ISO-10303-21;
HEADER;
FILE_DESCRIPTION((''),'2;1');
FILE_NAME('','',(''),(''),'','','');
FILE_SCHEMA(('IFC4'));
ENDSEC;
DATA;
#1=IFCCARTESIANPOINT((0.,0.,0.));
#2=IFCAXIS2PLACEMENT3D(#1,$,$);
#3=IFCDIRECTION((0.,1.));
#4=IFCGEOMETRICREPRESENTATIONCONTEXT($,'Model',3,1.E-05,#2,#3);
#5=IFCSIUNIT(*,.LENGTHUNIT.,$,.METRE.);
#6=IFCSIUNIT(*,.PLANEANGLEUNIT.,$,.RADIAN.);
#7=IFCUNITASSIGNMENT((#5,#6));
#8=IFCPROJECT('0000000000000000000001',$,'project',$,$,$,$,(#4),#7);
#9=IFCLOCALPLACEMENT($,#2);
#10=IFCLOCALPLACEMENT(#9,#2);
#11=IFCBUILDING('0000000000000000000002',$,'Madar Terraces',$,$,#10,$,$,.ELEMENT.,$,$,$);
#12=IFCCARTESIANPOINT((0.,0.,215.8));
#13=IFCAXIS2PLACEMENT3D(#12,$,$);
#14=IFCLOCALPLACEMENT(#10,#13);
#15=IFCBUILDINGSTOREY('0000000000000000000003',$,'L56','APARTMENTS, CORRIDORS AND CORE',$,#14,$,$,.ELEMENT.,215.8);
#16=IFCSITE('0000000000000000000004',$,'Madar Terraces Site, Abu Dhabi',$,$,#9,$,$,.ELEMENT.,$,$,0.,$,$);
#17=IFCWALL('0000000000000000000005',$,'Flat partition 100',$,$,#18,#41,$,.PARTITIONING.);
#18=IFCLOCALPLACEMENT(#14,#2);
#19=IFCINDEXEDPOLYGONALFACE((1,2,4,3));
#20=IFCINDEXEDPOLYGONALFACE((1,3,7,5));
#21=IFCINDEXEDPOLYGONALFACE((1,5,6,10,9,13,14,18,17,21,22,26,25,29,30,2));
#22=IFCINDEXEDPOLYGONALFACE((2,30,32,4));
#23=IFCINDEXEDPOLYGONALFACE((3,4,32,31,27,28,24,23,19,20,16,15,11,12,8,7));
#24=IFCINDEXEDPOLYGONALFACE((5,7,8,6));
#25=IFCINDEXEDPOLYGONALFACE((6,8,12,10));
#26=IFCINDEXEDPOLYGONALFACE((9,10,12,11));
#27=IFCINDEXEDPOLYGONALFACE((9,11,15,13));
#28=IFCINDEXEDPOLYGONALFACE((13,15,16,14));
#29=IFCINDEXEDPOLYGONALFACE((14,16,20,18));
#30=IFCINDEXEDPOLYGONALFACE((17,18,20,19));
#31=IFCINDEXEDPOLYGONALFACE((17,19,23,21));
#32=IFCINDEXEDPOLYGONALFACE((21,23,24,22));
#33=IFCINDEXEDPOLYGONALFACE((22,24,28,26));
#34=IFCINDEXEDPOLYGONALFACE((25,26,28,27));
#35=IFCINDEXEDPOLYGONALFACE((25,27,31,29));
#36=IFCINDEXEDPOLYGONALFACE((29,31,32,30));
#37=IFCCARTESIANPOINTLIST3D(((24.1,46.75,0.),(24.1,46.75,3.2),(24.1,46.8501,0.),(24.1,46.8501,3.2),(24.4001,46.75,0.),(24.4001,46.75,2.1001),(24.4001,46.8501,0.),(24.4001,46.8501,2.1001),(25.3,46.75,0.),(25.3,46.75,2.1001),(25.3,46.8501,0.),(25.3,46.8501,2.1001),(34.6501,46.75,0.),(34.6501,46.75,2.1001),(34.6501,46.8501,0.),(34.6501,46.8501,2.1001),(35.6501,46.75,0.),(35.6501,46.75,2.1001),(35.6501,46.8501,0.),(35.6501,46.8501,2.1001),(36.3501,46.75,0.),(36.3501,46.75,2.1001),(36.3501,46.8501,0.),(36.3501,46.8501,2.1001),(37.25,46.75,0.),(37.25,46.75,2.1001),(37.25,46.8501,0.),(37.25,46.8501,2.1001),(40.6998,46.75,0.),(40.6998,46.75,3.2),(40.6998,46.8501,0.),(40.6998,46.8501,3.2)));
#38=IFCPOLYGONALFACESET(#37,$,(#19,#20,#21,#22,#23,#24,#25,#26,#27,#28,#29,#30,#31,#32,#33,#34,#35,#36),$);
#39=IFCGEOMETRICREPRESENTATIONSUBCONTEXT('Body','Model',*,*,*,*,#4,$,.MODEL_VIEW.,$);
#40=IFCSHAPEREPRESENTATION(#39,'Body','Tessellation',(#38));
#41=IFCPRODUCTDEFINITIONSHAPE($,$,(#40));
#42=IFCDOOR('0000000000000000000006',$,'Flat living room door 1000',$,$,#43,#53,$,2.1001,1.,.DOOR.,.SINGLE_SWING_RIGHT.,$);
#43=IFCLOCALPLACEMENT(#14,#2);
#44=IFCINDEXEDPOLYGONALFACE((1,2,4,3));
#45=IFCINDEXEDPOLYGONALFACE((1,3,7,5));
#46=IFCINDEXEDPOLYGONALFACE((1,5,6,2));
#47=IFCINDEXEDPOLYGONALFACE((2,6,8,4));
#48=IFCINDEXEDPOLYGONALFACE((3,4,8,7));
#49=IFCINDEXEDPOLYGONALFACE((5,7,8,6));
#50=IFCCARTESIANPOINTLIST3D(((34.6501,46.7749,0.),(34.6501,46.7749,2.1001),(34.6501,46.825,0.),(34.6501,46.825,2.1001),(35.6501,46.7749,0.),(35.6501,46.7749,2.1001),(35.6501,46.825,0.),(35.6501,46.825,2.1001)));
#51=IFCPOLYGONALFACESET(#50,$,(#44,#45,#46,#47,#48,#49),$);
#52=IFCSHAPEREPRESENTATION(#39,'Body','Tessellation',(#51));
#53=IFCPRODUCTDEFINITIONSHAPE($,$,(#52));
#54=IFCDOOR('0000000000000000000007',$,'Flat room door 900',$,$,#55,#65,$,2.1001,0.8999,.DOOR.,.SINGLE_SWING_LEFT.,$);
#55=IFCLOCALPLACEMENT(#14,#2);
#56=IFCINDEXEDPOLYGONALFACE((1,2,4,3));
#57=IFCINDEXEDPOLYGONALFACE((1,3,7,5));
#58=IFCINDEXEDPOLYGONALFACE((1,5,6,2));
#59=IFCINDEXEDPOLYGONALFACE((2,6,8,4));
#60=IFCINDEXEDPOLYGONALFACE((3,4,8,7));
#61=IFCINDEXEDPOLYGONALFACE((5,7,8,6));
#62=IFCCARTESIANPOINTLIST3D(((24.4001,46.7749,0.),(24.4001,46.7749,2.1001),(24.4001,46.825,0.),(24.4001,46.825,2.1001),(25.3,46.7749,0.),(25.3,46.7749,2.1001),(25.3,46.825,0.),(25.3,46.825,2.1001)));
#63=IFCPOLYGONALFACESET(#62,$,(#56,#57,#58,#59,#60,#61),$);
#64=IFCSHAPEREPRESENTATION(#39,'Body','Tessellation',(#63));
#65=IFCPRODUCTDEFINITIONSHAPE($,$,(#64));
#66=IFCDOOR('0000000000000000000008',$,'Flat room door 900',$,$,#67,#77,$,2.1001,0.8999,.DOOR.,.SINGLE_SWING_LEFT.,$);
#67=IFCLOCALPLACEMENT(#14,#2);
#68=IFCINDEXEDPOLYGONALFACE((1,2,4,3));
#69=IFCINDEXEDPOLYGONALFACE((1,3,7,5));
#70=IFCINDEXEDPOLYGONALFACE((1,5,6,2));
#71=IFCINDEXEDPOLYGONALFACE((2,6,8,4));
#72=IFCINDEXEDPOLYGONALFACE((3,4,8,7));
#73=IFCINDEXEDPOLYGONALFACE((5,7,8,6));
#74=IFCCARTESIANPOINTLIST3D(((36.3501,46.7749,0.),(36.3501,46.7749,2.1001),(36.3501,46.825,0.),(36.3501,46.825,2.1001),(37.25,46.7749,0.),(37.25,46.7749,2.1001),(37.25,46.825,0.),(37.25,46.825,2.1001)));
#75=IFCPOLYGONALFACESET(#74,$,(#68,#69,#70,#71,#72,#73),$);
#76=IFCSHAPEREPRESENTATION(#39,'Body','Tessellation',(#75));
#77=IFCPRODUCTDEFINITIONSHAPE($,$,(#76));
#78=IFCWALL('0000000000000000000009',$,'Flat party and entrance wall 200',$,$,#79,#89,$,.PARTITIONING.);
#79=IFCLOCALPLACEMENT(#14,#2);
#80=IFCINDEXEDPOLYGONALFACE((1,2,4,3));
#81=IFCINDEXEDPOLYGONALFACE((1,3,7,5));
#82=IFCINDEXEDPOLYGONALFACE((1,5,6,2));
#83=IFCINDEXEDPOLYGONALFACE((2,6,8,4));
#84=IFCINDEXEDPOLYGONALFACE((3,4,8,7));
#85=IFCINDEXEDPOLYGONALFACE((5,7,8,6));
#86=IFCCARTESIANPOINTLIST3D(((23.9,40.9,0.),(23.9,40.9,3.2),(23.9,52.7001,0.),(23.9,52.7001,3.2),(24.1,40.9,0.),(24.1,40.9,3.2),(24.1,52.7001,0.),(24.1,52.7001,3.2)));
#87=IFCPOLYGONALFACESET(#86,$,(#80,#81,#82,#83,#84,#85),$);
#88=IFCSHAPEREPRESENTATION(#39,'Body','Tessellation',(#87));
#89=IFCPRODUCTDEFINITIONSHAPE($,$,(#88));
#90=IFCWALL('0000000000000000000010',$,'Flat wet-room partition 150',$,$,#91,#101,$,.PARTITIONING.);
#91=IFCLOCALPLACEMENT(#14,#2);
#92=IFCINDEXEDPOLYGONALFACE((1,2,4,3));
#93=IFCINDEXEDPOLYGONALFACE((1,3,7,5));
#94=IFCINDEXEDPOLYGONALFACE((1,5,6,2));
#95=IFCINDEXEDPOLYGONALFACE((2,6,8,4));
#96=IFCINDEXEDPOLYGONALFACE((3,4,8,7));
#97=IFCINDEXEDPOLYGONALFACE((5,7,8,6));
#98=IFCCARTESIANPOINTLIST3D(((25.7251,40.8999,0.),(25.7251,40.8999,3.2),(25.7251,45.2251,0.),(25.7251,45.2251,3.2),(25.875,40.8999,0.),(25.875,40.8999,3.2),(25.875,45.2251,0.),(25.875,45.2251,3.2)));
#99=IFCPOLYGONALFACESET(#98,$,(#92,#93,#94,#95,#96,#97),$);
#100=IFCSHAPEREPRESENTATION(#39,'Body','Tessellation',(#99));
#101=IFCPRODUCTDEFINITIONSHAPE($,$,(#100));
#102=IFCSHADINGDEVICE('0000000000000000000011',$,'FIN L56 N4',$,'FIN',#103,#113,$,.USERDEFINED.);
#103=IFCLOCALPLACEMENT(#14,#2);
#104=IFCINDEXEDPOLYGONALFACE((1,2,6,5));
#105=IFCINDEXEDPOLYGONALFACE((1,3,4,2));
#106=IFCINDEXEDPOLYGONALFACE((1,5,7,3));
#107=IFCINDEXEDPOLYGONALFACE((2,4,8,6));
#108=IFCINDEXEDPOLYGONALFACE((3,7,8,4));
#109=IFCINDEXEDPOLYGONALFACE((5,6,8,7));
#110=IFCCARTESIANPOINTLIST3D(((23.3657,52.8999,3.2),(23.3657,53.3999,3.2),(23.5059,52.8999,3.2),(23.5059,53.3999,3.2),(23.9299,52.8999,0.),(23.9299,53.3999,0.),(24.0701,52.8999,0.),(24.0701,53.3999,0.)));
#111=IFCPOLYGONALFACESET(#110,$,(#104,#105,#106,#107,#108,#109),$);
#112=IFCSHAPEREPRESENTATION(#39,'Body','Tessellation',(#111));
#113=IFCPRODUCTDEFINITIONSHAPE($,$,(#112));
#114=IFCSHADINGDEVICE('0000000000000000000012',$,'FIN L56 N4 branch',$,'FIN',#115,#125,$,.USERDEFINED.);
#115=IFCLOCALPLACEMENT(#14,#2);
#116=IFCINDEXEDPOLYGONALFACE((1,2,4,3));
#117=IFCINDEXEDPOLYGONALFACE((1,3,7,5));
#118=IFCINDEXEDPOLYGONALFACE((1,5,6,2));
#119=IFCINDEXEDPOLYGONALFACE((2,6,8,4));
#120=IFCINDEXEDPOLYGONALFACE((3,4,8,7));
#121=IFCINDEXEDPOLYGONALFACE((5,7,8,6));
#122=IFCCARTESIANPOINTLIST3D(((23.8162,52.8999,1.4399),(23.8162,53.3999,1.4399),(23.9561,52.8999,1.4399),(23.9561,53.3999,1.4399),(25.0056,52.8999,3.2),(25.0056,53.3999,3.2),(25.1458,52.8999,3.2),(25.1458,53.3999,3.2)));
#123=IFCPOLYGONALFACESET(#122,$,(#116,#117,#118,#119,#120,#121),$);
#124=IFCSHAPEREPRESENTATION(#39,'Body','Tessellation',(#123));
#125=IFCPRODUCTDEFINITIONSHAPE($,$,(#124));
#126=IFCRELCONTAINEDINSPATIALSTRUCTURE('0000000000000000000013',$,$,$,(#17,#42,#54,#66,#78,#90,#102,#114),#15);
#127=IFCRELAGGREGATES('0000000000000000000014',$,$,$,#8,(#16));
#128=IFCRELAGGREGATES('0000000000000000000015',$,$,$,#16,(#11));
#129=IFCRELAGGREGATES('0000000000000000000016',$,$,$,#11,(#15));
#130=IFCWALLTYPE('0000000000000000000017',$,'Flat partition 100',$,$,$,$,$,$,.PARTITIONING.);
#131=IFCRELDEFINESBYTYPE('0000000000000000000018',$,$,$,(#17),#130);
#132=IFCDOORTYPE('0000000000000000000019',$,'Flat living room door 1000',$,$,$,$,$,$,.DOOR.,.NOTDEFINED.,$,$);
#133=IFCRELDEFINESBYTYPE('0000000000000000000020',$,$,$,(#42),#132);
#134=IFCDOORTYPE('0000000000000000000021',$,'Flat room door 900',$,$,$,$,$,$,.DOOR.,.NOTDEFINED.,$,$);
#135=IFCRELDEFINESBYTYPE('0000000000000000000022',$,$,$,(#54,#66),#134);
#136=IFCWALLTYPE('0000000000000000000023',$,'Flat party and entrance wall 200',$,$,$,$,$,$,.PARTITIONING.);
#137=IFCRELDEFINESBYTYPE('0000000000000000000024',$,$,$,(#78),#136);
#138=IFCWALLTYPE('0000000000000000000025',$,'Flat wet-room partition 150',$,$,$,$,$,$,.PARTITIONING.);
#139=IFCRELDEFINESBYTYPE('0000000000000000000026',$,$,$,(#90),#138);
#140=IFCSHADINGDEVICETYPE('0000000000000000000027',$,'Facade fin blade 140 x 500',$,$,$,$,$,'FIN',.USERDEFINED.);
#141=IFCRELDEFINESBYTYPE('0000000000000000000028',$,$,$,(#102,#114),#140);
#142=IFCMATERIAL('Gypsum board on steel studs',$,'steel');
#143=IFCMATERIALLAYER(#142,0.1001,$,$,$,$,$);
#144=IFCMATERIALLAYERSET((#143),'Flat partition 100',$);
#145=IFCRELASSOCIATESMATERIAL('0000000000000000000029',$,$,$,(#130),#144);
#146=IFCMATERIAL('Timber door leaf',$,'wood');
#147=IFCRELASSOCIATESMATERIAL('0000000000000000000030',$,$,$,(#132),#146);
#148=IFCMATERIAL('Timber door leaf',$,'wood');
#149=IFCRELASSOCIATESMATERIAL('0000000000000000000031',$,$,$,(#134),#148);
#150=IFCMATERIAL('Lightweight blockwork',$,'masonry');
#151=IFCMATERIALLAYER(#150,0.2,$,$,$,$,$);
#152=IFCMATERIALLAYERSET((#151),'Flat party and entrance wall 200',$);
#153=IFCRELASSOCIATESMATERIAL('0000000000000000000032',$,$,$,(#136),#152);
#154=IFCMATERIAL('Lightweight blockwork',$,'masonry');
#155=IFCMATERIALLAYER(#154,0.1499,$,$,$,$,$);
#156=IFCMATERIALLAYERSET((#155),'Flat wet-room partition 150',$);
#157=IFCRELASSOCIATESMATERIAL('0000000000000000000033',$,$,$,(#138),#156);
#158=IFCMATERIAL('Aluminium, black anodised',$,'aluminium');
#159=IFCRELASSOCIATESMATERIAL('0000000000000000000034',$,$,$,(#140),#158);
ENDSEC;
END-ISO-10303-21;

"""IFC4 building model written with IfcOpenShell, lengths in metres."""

from ifc_helpers import new_model, si_unit, direction, frame, frame_2d, origin, place, context, subcontext, project, spatial, polyline, rectangle, outline, extrude, material, layer, layer_set, type_object, element, fill, save


model = new_model("IFC4")

# Units and contexts
model_context = context("Model", 3, precision=1e-05, world=origin(), true_north=direction((0.0, 1.0)))
body_context = subcontext(model_context, "Body", "Model", "MODEL_VIEW")
ifc_project = project(units=[si_unit("LENGTHUNIT", "METRE"), si_unit("PLANEANGLEUNIT", "RADIAN")], contexts=[model_context])

# Site, building, storey
site_placement = place(None, origin())
site = spatial("IfcSite", under=ifc_project, at=site_placement, Name="Madar Terraces Site, Abu Dhabi", CompositionType="ELEMENT", RefElevation=0.0)
building_placement = place(site_placement, origin())
building = spatial("IfcBuilding", under=site, at=building_placement, Name="Madar Terraces", CompositionType="ELEMENT")
storey_placement = place(building_placement, frame((0.0, 0.0, 215.8)))
storey = spatial("IfcBuildingStorey", under=building, at=storey_placement, Name="L56", Description="APARTMENTS, CORRIDORS AND CORE", CompositionType="ELEMENT", Elevation=215.8)

# Shared definitions
ifc_material_1 = material(Name="Gypsum board on steel studs", Category="steel")
ifc_layer_1 = layer(ifc_material_1, 0.1001)
ifc_layer_set_1 = layer_set([ifc_layer_1], Name="Flat partition 100")
wall_type_1 = type_object("IfcWallType", Name="Flat partition 100", PredefinedType="PARTITIONING", material=ifc_layer_set_1)

# Wall, openings, doors
wall_1_placement = place(storey_placement, frame((24.1001, 46.8, 0.0), z_axis=(0.0, 0.0, 1.0), x_axis=(1.0, 0.0, 0.0)))
wall_1 = element("IfcWall", 1, at=wall_1_placement, inside=storey, type_object=wall_type_1, Name="Flat partition 100", PredefinedType="PARTITIONING", context=body_context, shape_type="SweptSolid", body=[
    extrude(rectangle(XDim=16.5999, YDim=0.1001, at=frame_2d((8.2998, 0.0))), origin(), (0.0, 0.0, 1.0), 3.2),
])
opening_1_placement = place(wall_1_placement, frame((0.3, 0.0, 0.0)))
opening_1 = element("IfcOpeningElement", 2, at=opening_1_placement, cuts=wall_1, PredefinedType="OPENING", context=body_context, shape_type="SweptSolid", body=[
    extrude(rectangle(XDim=0.8999, YDim=2.1001, at=frame_2d((0.45, 1.05))), frame((0.0, 0.0601, 0.0), z_axis=(0.0, -1.0, 0.0), x_axis=(1.0, 0.0, 0.0)), (0.0, 0.0, 1.0), 0.1201),
])
opening_2_placement = place(wall_1_placement, frame((10.55, 0.0, 0.0)))
opening_2 = element("IfcOpeningElement", 3, at=opening_2_placement, cuts=wall_1, PredefinedType="OPENING", context=body_context, shape_type="SweptSolid", body=[
    extrude(rectangle(XDim=1.0, YDim=2.1001, at=frame_2d((0.5, 1.05))), frame((0.0, 0.0601, 0.0), z_axis=(0.0, -1.0, 0.0), x_axis=(1.0, 0.0, 0.0)), (0.0, 0.0, 1.0), 0.1201),
])
opening_3_placement = place(wall_1_placement, frame((12.25, 0.0, 0.0)))
opening_3 = element("IfcOpeningElement", 4, at=opening_3_placement, cuts=wall_1, PredefinedType="OPENING", context=body_context, shape_type="SweptSolid", body=[
    extrude(rectangle(XDim=0.8999, YDim=2.1001, at=frame_2d((0.45, 1.05))), frame((0.0, 0.0601, 0.0), z_axis=(0.0, -1.0, 0.0), x_axis=(1.0, 0.0, 0.0)), (0.0, 0.0, 1.0), 0.1201),
])
ifc_material_2 = material(Name="Timber door leaf", Category="wood")
door_type_1 = type_object("IfcDoorType", Name="Flat living room door 1000", OperationType="NOTDEFINED", PredefinedType="DOOR", material=ifc_material_2)
door_1_placement = place(opening_2_placement, origin())
door_1 = element("IfcDoor", 5, at=door_1_placement, inside=storey, type_object=door_type_1, Name="Flat living room door 1000", OperationType="SINGLE_SWING_RIGHT", OverallHeight=2.1001, OverallWidth=1.0, PredefinedType="DOOR", context=body_context, shape_type="SweptSolid", body=[
    extrude(rectangle(XDim=1.0, YDim=2.1001, at=frame_2d((0.5, 1.05))), frame((0.0, 0.0249, 0.0), z_axis=(0.0, -1.0, 0.0), x_axis=(1.0, 0.0, 0.0)), (0.0, 0.0, 1.0), 0.05),
])
fill(opening_2, door_1)
ifc_material_3 = material(Name="Timber door leaf", Category="wood")
door_type_2 = type_object("IfcDoorType", Name="Flat room door 900", OperationType="NOTDEFINED", PredefinedType="DOOR", material=ifc_material_3)
door_2_placement = place(opening_1_placement, origin())
door_2 = element("IfcDoor", 6, at=door_2_placement, inside=storey, type_object=door_type_2, Name="Flat room door 900", OperationType="SINGLE_SWING_LEFT", OverallHeight=2.1001, OverallWidth=0.8999, PredefinedType="DOOR", context=body_context, shape_type="SweptSolid", body=[
    extrude(rectangle(XDim=0.8999, YDim=2.1001, at=frame_2d((0.45, 1.05))), frame((0.0, 0.0249, 0.0), z_axis=(0.0, -1.0, 0.0), x_axis=(1.0, 0.0, 0.0)), (0.0, 0.0, 1.0), 0.05),
])
fill(opening_1, door_2)
door_3_placement = place(opening_3_placement, origin())
door_3 = element("IfcDoor", 7, at=door_3_placement, inside=storey, type_object=door_type_2, Name="Flat room door 900", OperationType="SINGLE_SWING_LEFT", OverallHeight=2.1001, OverallWidth=0.8999, PredefinedType="DOOR", context=body_context, shape_type="SweptSolid", body=[
    extrude(rectangle(XDim=0.8999, YDim=2.1001, at=frame_2d((0.45, 1.05))), frame((0.0, 0.0249, 0.0), z_axis=(0.0, -1.0, 0.0), x_axis=(1.0, 0.0, 0.0)), (0.0, 0.0, 1.0), 0.05),
])
fill(opening_3, door_3)

# Walls
ifc_material_4 = material(Name="Lightweight blockwork", Category="masonry")
ifc_layer_2 = layer(ifc_material_4, 0.2)
ifc_layer_set_2 = layer_set([ifc_layer_2], Name="Flat party and entrance wall 200")
wall_type_2 = type_object("IfcWallType", Name="Flat party and entrance wall 200", PredefinedType="PARTITIONING", material=ifc_layer_set_2)
wall_2_placement = place(storey_placement, frame((24.0, 52.7, 0.0), z_axis=(0.0, 0.0, 1.0), x_axis=(0.0, -1.0, 0.0)))
element("IfcWall", 8, at=wall_2_placement, inside=storey, type_object=wall_type_2, Name="Flat party and entrance wall 200", PredefinedType="PARTITIONING", context=body_context, shape_type="SweptSolid", body=[
    extrude(rectangle(XDim=11.8, YDim=0.2, at=frame_2d((5.8999, 0.0))), origin(), (0.0, 0.0, 1.0), 3.2),
])
ifc_material_5 = material(Name="Lightweight blockwork", Category="masonry")
ifc_layer_3 = layer(ifc_material_5, 0.1499)
ifc_layer_set_3 = layer_set([ifc_layer_3], Name="Flat wet-room partition 150")
wall_type_3 = type_object("IfcWallType", Name="Flat wet-room partition 150", PredefinedType="PARTITIONING", material=ifc_layer_set_3)
wall_3_placement = place(storey_placement, frame((25.8, 40.8999, 0.0), z_axis=(0.0, 0.0, 1.0), x_axis=(0.0, 1.0, 0.0)))
element("IfcWall", 9, at=wall_3_placement, inside=storey, type_object=wall_type_3, Name="Flat wet-room partition 150", PredefinedType="PARTITIONING", context=body_context, shape_type="SweptSolid", body=[
    extrude(rectangle(XDim=4.3252, YDim=0.1499, at=frame_2d((2.1626, 0.0))), origin(), (0.0, 0.0, 1.0), 3.2),
])

# Shading devices
ifc_material_6 = material(Name="Aluminium, black anodised", Category="aluminium")
shading_device_type = type_object("IfcShadingDeviceType", Name="Facade fin blade 140 x 500", ElementType="FIN", PredefinedType="USERDEFINED", material=ifc_material_6)
shading_device_1_placement = place(storey_placement, frame((24.0701, 53.1499, 0.0), z_axis=(0.0, 0.0, 1.0), x_axis=(-1.0, 0.0, 0.0)))
element("IfcShadingDevice", 10, at=shading_device_1_placement, inside=storey, type_object=shading_device_type, Name="FIN L56 N4", ObjectType="FIN", PredefinedType="USERDEFINED", context=body_context, shape_type="SweptSolid", body=[
    extrude(outline(polyline([(0.0, 0.0), (0.1401, 0.0), (0.7043, 3.2), (0.5642, 3.2), (0.0, 0.0)])), frame((0.0, 0.25, 0.0), z_axis=(0.0, -1.0, 0.0), x_axis=(1.0, 0.0, 0.0)), (0.0, 0.0, 1.0), 0.5),
])
shading_device_2_placement = place(storey_placement, frame((23.9561, 53.1499, 1.4399), z_axis=(0.0, 0.0, 1.0), x_axis=(-1.0, 0.0, 0.0)))
element("IfcShadingDevice", 11, at=shading_device_2_placement, inside=storey, type_object=shading_device_type, Name="FIN L56 N4 branch", ObjectType="FIN", PredefinedType="USERDEFINED", context=body_context, shape_type="SweptSolid", body=[
    extrude(outline(polyline([(0.0, 0.0), (0.1399, 0.0), (-1.0496, 1.76), (-1.1897, 1.76), (0.0, 0.0)])), frame((0.0, 0.25, 0.0), z_axis=(0.0, -1.0, 0.0), x_axis=(1.0, 0.0, 0.0)), (0.0, 0.0, 1.0), 0.5),
])

save(model, "model.ifc")
